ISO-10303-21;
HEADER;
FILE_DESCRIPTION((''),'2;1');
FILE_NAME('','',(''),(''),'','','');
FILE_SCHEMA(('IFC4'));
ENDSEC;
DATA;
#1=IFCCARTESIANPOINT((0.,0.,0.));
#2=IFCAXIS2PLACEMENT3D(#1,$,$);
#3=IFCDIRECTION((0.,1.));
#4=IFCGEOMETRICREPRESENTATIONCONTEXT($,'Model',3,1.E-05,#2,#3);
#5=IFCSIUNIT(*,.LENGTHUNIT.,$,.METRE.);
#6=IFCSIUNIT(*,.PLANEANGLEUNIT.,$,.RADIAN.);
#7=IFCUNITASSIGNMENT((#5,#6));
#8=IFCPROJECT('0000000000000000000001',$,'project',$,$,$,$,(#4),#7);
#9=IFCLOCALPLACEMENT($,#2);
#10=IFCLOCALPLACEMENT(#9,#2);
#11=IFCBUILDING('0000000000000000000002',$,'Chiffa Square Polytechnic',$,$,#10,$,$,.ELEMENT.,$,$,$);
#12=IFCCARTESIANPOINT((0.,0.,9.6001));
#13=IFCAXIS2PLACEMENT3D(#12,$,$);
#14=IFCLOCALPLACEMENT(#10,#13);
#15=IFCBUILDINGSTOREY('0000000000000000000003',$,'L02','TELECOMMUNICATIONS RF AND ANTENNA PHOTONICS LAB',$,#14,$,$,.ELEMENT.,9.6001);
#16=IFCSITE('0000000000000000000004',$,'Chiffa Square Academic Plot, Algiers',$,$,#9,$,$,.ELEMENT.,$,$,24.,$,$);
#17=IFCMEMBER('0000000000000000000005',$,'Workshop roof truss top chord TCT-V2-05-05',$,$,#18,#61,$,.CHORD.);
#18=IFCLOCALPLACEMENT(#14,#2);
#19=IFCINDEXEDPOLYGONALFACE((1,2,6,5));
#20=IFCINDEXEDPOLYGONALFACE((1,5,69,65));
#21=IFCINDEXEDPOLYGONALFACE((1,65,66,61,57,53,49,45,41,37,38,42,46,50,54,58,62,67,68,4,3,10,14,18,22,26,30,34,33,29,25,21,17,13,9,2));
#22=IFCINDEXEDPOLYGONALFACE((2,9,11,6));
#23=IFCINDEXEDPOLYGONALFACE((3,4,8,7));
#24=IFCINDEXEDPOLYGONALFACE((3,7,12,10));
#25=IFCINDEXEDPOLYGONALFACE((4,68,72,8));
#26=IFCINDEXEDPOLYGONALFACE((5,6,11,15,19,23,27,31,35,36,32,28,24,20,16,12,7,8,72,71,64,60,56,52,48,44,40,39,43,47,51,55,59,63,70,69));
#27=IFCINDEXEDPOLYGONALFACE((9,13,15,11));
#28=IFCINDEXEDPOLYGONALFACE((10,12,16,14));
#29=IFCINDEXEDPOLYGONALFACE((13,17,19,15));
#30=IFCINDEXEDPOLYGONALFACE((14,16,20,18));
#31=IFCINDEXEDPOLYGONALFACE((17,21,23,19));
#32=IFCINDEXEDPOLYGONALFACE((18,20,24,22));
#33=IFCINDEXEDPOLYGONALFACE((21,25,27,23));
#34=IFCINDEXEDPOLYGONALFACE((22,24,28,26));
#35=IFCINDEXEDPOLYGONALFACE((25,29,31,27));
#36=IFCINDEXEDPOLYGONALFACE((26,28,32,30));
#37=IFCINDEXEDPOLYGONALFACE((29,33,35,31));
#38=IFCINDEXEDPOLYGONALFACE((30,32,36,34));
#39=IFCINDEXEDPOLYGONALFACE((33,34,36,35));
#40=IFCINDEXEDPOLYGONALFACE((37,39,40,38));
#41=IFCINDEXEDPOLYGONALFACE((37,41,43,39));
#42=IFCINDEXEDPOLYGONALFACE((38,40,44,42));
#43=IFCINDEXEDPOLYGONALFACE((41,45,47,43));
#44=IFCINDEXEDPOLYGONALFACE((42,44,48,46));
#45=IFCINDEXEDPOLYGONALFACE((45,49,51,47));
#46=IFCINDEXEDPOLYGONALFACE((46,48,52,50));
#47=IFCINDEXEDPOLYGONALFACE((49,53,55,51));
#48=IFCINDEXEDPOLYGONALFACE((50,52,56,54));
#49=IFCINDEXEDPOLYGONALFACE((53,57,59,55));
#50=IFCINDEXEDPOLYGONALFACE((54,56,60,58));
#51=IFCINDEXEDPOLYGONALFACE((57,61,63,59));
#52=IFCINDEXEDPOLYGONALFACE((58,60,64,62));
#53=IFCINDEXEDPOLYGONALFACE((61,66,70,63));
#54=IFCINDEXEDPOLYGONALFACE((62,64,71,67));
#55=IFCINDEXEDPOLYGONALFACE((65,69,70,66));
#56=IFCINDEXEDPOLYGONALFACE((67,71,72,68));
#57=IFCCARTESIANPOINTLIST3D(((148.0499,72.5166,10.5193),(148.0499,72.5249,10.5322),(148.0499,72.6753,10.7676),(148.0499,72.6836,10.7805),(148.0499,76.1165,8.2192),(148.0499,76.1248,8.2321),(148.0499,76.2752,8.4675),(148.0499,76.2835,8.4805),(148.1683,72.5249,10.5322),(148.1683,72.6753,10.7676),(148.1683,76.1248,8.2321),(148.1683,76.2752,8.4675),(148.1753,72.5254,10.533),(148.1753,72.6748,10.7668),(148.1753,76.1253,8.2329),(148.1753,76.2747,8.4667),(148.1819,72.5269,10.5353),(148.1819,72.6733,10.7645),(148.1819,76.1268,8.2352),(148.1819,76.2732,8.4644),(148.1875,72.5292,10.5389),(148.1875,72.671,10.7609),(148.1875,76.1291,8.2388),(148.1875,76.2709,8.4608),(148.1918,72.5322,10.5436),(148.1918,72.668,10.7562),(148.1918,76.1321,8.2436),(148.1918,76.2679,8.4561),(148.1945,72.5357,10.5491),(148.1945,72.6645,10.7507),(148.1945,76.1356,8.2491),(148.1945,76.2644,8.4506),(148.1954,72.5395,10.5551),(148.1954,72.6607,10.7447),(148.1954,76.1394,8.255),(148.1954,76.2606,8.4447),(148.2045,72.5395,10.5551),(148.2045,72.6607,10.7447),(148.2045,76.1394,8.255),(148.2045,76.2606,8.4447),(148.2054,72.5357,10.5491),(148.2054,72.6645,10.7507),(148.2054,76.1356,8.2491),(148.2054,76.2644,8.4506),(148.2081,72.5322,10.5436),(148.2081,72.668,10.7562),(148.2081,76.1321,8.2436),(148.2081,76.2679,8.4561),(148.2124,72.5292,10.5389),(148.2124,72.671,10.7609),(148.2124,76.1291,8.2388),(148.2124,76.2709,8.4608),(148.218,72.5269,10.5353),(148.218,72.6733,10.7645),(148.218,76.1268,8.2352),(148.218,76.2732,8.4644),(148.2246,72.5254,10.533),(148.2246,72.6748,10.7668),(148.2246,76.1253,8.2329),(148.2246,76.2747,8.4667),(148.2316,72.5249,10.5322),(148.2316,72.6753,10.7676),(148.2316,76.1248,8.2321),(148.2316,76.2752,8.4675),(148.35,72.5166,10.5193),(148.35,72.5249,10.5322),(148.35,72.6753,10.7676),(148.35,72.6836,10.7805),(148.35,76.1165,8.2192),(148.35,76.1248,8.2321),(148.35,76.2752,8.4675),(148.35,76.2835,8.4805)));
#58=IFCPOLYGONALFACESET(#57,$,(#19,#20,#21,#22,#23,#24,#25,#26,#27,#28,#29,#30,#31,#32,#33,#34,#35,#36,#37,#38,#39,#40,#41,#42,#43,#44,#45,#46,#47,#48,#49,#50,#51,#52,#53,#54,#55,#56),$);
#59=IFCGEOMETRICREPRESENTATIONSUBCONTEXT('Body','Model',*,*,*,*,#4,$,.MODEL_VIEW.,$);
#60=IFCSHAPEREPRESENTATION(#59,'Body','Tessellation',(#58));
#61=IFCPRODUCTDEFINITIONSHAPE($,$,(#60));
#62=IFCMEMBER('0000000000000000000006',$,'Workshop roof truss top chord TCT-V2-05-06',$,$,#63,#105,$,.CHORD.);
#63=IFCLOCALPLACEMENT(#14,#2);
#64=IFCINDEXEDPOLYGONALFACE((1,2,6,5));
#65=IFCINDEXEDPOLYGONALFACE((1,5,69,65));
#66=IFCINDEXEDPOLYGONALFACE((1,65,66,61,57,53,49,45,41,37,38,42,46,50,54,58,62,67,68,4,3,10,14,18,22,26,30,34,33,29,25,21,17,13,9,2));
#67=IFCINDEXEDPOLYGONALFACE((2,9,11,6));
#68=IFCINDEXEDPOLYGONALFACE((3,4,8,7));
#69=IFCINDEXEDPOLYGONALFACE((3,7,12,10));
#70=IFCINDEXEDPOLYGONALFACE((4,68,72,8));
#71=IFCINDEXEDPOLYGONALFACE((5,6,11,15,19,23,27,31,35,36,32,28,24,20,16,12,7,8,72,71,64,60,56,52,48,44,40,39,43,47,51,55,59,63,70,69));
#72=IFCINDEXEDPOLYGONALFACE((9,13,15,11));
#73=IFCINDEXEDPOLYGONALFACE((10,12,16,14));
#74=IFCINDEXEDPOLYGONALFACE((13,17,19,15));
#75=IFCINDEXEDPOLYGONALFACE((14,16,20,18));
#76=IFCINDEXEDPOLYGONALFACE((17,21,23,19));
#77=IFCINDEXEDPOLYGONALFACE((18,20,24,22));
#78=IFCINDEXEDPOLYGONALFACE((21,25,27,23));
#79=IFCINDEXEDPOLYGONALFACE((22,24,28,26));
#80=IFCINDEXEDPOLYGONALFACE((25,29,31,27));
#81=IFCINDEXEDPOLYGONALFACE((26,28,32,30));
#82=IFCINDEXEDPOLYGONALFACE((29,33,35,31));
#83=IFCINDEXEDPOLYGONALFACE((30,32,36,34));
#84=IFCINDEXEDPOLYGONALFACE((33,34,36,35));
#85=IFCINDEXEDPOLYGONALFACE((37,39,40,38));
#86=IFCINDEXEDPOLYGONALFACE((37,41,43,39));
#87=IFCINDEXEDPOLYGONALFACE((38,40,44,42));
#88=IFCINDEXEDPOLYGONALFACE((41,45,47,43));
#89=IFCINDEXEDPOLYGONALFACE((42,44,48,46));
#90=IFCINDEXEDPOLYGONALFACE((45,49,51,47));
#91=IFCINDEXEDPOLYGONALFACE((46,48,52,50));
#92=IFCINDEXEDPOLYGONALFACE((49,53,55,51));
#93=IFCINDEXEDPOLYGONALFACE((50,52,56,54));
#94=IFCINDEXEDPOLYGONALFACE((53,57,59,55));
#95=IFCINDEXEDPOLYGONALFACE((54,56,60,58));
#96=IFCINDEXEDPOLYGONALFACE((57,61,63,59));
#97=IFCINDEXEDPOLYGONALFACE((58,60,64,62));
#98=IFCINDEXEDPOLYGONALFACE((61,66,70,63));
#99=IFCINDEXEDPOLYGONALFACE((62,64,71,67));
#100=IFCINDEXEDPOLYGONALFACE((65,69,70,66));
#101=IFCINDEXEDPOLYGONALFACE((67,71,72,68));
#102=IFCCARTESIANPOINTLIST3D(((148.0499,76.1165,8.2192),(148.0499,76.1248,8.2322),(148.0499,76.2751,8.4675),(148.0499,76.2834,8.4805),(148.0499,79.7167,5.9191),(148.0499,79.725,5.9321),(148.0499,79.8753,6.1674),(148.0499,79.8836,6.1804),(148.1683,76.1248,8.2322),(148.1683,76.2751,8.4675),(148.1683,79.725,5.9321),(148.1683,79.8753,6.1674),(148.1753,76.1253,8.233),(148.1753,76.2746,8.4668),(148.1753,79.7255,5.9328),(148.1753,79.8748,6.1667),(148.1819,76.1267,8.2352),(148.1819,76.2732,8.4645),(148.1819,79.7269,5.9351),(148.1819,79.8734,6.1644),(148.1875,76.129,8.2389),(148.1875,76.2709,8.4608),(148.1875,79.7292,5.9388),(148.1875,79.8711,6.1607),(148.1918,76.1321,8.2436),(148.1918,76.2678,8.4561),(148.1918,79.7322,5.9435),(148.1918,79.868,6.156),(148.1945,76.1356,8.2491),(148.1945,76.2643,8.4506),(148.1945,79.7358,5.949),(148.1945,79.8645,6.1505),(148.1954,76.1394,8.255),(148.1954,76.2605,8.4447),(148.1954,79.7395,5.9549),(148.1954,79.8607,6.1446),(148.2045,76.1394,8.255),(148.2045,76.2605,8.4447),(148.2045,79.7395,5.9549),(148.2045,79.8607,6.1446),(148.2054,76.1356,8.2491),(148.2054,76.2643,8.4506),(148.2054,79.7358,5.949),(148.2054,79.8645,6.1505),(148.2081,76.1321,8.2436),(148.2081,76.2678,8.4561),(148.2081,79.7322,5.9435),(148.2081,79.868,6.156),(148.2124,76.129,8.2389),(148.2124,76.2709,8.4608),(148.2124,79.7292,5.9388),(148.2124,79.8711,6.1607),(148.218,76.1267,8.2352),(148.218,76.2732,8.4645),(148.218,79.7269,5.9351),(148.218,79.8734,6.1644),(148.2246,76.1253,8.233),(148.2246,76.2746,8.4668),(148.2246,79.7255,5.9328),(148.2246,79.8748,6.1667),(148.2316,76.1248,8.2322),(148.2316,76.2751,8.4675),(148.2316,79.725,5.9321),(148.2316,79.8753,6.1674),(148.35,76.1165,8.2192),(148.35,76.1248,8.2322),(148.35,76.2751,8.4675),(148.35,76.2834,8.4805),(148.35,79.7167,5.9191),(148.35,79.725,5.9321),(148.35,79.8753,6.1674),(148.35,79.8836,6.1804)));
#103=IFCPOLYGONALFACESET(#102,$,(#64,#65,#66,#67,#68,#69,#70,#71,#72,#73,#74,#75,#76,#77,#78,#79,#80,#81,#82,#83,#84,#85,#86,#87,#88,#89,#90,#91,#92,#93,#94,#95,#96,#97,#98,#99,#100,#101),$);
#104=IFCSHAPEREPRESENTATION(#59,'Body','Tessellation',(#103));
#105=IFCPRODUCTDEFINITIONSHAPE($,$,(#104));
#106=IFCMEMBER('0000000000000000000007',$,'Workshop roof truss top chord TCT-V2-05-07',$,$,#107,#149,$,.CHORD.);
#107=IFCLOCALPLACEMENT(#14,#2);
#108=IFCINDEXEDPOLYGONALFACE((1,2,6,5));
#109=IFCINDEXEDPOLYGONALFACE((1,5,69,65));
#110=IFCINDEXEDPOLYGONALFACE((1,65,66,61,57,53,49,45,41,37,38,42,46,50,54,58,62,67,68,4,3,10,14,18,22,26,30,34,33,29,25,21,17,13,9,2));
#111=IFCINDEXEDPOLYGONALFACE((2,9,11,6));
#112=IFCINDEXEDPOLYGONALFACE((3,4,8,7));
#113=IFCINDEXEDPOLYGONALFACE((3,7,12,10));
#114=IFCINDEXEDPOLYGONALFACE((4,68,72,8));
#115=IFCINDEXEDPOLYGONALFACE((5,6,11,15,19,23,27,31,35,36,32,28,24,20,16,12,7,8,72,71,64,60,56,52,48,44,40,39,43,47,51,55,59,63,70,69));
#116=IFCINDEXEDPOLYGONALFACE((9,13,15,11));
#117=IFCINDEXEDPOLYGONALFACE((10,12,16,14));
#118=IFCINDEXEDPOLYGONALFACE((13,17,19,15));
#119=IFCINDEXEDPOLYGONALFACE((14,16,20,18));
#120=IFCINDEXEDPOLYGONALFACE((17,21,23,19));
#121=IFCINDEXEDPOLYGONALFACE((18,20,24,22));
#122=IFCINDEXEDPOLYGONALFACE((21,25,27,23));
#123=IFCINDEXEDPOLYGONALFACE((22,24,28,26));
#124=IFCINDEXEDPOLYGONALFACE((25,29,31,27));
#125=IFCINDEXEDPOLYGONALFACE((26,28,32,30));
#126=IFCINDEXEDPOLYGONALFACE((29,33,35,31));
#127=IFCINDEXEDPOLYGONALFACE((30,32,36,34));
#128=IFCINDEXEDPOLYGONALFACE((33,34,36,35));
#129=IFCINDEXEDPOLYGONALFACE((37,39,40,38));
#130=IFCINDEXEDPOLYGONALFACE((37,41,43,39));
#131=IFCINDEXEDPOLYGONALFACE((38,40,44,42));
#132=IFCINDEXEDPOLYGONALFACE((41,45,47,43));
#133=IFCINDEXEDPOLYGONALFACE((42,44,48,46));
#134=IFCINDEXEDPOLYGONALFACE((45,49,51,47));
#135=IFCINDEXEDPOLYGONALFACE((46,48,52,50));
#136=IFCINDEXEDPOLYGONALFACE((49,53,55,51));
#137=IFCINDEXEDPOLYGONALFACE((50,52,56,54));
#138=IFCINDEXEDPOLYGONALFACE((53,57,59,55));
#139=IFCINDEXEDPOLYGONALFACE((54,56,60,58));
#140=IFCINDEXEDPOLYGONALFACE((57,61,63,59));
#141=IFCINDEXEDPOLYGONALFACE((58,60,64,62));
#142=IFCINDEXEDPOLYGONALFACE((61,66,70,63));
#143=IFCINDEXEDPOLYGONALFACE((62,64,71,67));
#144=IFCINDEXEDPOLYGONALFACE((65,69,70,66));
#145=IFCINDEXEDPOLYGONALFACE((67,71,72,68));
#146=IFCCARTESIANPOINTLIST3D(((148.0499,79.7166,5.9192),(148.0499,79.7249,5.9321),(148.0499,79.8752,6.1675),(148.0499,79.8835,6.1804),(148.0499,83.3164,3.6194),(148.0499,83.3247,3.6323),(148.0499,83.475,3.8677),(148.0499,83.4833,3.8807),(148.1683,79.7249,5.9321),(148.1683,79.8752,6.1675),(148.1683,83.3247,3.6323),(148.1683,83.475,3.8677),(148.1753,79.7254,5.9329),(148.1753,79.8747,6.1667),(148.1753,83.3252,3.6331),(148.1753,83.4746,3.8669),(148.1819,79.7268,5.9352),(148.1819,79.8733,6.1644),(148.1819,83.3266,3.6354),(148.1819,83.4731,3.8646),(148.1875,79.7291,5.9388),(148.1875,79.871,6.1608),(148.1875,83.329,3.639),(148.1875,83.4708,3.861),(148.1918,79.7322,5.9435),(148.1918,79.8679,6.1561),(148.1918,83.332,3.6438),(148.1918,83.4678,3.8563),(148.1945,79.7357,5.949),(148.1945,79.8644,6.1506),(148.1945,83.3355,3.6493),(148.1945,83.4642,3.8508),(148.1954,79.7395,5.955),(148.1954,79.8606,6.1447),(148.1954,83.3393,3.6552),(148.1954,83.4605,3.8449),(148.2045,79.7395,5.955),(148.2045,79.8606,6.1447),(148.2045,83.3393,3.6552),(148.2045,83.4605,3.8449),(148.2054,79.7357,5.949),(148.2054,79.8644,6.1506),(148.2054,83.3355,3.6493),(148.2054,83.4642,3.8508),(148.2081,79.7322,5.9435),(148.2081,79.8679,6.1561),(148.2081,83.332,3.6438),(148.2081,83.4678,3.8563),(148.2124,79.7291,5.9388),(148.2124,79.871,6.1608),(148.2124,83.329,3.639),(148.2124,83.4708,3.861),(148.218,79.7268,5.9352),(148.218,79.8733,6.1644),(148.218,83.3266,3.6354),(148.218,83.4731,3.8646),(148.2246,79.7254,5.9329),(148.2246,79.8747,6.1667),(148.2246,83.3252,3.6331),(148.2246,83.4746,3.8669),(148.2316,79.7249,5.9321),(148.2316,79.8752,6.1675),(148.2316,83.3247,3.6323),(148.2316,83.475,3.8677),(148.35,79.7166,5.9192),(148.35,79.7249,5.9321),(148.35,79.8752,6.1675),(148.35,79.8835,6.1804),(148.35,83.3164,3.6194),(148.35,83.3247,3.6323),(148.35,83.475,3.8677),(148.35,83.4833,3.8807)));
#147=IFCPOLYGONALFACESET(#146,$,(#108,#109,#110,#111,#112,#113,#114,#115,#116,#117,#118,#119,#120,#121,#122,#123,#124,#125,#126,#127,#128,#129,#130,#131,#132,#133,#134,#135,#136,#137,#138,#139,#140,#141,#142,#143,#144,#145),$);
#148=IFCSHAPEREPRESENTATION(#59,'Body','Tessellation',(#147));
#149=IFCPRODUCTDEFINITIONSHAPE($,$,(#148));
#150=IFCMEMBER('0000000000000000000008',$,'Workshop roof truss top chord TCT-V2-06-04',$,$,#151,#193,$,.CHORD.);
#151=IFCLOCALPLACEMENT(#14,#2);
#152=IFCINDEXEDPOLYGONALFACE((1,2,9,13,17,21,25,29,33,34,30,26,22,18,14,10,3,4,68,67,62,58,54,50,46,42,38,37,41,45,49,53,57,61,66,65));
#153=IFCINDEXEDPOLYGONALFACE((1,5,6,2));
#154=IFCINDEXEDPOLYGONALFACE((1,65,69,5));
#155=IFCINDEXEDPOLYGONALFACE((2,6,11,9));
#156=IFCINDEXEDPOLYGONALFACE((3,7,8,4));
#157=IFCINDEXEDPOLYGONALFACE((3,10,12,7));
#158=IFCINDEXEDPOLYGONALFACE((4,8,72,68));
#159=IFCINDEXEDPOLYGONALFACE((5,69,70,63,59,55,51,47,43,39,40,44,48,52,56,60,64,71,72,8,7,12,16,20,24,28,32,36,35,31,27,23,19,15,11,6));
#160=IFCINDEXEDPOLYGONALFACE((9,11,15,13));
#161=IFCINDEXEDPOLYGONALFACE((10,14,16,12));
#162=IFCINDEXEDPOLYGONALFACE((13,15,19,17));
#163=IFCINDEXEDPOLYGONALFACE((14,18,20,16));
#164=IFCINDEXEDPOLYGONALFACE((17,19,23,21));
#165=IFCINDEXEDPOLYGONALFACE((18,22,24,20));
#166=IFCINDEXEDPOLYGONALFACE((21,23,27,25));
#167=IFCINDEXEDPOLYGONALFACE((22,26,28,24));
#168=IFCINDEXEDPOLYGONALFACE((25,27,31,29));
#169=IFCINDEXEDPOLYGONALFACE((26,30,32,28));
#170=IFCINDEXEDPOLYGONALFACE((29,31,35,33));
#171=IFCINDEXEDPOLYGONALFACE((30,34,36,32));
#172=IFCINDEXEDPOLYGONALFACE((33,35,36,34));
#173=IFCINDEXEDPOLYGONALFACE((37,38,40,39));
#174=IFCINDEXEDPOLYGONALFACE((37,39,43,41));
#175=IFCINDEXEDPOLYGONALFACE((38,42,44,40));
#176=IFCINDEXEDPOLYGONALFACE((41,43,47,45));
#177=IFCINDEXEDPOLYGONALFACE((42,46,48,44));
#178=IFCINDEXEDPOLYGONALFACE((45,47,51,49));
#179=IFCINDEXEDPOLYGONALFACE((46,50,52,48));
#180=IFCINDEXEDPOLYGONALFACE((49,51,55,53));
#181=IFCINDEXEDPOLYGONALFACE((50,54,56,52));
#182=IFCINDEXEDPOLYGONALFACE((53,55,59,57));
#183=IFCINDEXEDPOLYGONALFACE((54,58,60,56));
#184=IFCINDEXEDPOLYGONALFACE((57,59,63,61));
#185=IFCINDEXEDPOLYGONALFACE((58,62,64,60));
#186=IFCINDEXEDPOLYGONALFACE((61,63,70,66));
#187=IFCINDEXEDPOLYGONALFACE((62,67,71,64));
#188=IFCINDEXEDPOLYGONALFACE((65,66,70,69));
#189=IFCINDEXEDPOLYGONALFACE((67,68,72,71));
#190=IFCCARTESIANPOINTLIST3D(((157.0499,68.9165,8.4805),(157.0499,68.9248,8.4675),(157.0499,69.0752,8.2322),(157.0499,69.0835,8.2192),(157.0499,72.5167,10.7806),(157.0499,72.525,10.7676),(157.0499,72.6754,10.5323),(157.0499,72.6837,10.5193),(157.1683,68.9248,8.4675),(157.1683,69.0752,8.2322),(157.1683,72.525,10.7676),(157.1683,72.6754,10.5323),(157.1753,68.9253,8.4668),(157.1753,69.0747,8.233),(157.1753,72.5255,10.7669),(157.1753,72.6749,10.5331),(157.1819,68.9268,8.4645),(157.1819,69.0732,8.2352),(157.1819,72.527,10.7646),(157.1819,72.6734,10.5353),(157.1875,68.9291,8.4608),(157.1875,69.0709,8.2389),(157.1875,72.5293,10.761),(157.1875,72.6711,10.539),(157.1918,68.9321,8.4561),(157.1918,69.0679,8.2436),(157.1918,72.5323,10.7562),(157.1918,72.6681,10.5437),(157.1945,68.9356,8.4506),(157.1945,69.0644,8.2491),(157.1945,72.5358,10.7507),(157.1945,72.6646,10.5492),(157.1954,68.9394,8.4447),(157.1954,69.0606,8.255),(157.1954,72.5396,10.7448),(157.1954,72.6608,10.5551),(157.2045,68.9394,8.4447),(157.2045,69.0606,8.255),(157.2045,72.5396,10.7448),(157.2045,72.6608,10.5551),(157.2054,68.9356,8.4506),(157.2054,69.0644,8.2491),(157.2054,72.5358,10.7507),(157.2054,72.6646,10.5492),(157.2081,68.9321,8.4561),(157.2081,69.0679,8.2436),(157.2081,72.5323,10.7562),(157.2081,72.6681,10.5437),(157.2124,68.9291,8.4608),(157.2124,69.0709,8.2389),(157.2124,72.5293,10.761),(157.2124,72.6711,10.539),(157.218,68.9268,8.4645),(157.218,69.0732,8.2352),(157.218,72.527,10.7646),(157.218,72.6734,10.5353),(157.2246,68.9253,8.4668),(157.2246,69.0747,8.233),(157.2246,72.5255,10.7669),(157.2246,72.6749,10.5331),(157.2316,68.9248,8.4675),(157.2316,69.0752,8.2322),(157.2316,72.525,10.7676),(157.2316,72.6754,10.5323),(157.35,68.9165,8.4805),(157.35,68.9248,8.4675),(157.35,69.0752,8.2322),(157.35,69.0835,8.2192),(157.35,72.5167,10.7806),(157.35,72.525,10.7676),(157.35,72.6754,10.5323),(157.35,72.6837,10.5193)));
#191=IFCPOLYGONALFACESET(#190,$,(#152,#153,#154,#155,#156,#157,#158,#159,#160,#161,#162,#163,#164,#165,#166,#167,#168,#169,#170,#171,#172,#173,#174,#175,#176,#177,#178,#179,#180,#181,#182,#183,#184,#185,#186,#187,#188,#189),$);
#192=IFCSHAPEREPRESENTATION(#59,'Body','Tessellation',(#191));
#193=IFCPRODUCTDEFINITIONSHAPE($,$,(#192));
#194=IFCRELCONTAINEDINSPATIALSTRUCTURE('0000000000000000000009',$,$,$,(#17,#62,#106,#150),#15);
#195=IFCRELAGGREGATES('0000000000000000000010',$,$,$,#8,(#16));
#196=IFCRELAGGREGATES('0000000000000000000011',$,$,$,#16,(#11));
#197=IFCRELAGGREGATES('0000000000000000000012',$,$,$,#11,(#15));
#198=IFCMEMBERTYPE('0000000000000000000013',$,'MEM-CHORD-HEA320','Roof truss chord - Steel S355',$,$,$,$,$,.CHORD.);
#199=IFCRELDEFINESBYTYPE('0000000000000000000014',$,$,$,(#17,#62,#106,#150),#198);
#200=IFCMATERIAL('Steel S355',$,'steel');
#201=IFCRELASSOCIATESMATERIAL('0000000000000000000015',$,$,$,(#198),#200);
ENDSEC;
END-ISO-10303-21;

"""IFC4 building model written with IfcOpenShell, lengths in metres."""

from ifc_helpers import new_model, si_unit, direction, frame, origin, origin_2d, place, context, subcontext, project, spatial, i_section, extrude, material, material_profile, profile_set, type_object, element, save


model = new_model("IFC4")

# Units and contexts
model_context = context("Model", 3, precision=1e-05, world=origin(), true_north=direction((0.0, 1.0)))
body_context = subcontext(model_context, "Body", "Model", "MODEL_VIEW")
ifc_project = project(units=[si_unit("LENGTHUNIT", "METRE"), si_unit("PLANEANGLEUNIT", "RADIAN")], contexts=[model_context])

# Site, building, storey
site_placement = place(None, origin())
site = spatial("IfcSite", under=ifc_project, at=site_placement, Name="Chiffa Square Academic Plot, Algiers", CompositionType="ELEMENT", RefElevation=24.0)
building_placement = place(site_placement, origin())
building = spatial("IfcBuilding", under=site, at=building_placement, Name="Chiffa Square Polytechnic", CompositionType="ELEMENT")
storey_placement = place(building_placement, frame((0.0, 0.0, 9.6001)))
storey = spatial("IfcBuildingStorey", under=building, at=storey_placement, Name="L02", Description="TELECOMMUNICATIONS RF AND ANTENNA PHOTONICS LAB", CompositionType="ELEMENT", Elevation=9.6001)

# Members
ifc_material_1 = material(Name="Steel S355", Category="steel")
ifc_material_profile_1 = material_profile(ifc_material_1, i_section(OverallWidth=0.3, OverallDepth=0.3101, WebThickness=0.009, FlangeThickness=0.0154, FilletRadius=0.0271, at=origin_2d()), Name="HEA 320")
ifc_profile_set_1 = profile_set([ifc_material_profile_1], Name="Steel S355")
member_type_1 = type_object("IfcMemberType", Name="MEM-CHORD-HEA320", Description="Roof truss chord - Steel S355", PredefinedType="CHORD", material=ifc_profile_set_1)
member_1_placement = place(storey_placement, frame((148.2, 72.6001, 10.6499), z_axis=(0.0, 0.842681, -0.538413), x_axis=(-1.0, 0.0, 0.0)))
element("IfcMember", 1, at=member_1_placement, inside=storey, type_object=member_type_1, Name="Workshop roof truss top chord TCT-V2-05-05", PredefinedType="CHORD", context=body_context, shape_type="SweptSolid", body=[
    extrude(i_section(OverallWidth=0.3, OverallDepth=0.3101, WebThickness=0.009, FlangeThickness=0.0154, FilletRadius=0.0271, at=origin_2d()), origin(), (0.0, 0.0, 1.0), 4.272),
])
member_2_placement = place(storey_placement, frame((148.2, 76.2, 8.3499), z_axis=(0.0, 0.842698, -0.538387), x_axis=(-1.0, 0.0, 0.0)))
element("IfcMember", 2, at=member_2_placement, inside=storey, type_object=member_type_1, Name="Workshop roof truss top chord TCT-V2-05-06", PredefinedType="CHORD", context=body_context, shape_type="SweptSolid", body=[
    extrude(i_section(OverallWidth=0.3, OverallDepth=0.3101, WebThickness=0.009, FlangeThickness=0.0154, FilletRadius=0.0271, at=origin_2d()), origin(), (0.0, 0.0, 1.0), 4.2722),
])
member_3_placement = place(storey_placement, frame((148.2, 79.8, 6.0498), z_axis=(0.0, 0.842707, -0.538372), x_axis=(-1.0, 0.0, 0.0)))
element("IfcMember", 3, at=member_3_placement, inside=storey, type_object=member_type_1, Name="Workshop roof truss top chord TCT-V2-05-07", PredefinedType="CHORD", context=body_context, shape_type="SweptSolid", body=[
    extrude(i_section(OverallWidth=0.3, OverallDepth=0.3101, WebThickness=0.009, FlangeThickness=0.0154, FilletRadius=0.0271, at=origin_2d()), origin(), (0.0, 0.0, 1.0), 4.2717),
])
member_4_placement = place(storey_placement, frame((157.2, 69.0, 8.3499), z_axis=(0.0, 0.842698, 0.538387), x_axis=(-1.0, 0.0, 0.0)))
element("IfcMember", 4, at=member_4_placement, inside=storey, type_object=member_type_1, Name="Workshop roof truss top chord TCT-V2-06-04", PredefinedType="CHORD", context=body_context, shape_type="SweptSolid", body=[
    extrude(i_section(OverallWidth=0.3, OverallDepth=0.3101, WebThickness=0.009, FlangeThickness=0.0154, FilletRadius=0.0271, at=origin_2d()), origin(), (0.0, 0.0, 1.0), 4.2722),
])

save(model, "model.ifc")
